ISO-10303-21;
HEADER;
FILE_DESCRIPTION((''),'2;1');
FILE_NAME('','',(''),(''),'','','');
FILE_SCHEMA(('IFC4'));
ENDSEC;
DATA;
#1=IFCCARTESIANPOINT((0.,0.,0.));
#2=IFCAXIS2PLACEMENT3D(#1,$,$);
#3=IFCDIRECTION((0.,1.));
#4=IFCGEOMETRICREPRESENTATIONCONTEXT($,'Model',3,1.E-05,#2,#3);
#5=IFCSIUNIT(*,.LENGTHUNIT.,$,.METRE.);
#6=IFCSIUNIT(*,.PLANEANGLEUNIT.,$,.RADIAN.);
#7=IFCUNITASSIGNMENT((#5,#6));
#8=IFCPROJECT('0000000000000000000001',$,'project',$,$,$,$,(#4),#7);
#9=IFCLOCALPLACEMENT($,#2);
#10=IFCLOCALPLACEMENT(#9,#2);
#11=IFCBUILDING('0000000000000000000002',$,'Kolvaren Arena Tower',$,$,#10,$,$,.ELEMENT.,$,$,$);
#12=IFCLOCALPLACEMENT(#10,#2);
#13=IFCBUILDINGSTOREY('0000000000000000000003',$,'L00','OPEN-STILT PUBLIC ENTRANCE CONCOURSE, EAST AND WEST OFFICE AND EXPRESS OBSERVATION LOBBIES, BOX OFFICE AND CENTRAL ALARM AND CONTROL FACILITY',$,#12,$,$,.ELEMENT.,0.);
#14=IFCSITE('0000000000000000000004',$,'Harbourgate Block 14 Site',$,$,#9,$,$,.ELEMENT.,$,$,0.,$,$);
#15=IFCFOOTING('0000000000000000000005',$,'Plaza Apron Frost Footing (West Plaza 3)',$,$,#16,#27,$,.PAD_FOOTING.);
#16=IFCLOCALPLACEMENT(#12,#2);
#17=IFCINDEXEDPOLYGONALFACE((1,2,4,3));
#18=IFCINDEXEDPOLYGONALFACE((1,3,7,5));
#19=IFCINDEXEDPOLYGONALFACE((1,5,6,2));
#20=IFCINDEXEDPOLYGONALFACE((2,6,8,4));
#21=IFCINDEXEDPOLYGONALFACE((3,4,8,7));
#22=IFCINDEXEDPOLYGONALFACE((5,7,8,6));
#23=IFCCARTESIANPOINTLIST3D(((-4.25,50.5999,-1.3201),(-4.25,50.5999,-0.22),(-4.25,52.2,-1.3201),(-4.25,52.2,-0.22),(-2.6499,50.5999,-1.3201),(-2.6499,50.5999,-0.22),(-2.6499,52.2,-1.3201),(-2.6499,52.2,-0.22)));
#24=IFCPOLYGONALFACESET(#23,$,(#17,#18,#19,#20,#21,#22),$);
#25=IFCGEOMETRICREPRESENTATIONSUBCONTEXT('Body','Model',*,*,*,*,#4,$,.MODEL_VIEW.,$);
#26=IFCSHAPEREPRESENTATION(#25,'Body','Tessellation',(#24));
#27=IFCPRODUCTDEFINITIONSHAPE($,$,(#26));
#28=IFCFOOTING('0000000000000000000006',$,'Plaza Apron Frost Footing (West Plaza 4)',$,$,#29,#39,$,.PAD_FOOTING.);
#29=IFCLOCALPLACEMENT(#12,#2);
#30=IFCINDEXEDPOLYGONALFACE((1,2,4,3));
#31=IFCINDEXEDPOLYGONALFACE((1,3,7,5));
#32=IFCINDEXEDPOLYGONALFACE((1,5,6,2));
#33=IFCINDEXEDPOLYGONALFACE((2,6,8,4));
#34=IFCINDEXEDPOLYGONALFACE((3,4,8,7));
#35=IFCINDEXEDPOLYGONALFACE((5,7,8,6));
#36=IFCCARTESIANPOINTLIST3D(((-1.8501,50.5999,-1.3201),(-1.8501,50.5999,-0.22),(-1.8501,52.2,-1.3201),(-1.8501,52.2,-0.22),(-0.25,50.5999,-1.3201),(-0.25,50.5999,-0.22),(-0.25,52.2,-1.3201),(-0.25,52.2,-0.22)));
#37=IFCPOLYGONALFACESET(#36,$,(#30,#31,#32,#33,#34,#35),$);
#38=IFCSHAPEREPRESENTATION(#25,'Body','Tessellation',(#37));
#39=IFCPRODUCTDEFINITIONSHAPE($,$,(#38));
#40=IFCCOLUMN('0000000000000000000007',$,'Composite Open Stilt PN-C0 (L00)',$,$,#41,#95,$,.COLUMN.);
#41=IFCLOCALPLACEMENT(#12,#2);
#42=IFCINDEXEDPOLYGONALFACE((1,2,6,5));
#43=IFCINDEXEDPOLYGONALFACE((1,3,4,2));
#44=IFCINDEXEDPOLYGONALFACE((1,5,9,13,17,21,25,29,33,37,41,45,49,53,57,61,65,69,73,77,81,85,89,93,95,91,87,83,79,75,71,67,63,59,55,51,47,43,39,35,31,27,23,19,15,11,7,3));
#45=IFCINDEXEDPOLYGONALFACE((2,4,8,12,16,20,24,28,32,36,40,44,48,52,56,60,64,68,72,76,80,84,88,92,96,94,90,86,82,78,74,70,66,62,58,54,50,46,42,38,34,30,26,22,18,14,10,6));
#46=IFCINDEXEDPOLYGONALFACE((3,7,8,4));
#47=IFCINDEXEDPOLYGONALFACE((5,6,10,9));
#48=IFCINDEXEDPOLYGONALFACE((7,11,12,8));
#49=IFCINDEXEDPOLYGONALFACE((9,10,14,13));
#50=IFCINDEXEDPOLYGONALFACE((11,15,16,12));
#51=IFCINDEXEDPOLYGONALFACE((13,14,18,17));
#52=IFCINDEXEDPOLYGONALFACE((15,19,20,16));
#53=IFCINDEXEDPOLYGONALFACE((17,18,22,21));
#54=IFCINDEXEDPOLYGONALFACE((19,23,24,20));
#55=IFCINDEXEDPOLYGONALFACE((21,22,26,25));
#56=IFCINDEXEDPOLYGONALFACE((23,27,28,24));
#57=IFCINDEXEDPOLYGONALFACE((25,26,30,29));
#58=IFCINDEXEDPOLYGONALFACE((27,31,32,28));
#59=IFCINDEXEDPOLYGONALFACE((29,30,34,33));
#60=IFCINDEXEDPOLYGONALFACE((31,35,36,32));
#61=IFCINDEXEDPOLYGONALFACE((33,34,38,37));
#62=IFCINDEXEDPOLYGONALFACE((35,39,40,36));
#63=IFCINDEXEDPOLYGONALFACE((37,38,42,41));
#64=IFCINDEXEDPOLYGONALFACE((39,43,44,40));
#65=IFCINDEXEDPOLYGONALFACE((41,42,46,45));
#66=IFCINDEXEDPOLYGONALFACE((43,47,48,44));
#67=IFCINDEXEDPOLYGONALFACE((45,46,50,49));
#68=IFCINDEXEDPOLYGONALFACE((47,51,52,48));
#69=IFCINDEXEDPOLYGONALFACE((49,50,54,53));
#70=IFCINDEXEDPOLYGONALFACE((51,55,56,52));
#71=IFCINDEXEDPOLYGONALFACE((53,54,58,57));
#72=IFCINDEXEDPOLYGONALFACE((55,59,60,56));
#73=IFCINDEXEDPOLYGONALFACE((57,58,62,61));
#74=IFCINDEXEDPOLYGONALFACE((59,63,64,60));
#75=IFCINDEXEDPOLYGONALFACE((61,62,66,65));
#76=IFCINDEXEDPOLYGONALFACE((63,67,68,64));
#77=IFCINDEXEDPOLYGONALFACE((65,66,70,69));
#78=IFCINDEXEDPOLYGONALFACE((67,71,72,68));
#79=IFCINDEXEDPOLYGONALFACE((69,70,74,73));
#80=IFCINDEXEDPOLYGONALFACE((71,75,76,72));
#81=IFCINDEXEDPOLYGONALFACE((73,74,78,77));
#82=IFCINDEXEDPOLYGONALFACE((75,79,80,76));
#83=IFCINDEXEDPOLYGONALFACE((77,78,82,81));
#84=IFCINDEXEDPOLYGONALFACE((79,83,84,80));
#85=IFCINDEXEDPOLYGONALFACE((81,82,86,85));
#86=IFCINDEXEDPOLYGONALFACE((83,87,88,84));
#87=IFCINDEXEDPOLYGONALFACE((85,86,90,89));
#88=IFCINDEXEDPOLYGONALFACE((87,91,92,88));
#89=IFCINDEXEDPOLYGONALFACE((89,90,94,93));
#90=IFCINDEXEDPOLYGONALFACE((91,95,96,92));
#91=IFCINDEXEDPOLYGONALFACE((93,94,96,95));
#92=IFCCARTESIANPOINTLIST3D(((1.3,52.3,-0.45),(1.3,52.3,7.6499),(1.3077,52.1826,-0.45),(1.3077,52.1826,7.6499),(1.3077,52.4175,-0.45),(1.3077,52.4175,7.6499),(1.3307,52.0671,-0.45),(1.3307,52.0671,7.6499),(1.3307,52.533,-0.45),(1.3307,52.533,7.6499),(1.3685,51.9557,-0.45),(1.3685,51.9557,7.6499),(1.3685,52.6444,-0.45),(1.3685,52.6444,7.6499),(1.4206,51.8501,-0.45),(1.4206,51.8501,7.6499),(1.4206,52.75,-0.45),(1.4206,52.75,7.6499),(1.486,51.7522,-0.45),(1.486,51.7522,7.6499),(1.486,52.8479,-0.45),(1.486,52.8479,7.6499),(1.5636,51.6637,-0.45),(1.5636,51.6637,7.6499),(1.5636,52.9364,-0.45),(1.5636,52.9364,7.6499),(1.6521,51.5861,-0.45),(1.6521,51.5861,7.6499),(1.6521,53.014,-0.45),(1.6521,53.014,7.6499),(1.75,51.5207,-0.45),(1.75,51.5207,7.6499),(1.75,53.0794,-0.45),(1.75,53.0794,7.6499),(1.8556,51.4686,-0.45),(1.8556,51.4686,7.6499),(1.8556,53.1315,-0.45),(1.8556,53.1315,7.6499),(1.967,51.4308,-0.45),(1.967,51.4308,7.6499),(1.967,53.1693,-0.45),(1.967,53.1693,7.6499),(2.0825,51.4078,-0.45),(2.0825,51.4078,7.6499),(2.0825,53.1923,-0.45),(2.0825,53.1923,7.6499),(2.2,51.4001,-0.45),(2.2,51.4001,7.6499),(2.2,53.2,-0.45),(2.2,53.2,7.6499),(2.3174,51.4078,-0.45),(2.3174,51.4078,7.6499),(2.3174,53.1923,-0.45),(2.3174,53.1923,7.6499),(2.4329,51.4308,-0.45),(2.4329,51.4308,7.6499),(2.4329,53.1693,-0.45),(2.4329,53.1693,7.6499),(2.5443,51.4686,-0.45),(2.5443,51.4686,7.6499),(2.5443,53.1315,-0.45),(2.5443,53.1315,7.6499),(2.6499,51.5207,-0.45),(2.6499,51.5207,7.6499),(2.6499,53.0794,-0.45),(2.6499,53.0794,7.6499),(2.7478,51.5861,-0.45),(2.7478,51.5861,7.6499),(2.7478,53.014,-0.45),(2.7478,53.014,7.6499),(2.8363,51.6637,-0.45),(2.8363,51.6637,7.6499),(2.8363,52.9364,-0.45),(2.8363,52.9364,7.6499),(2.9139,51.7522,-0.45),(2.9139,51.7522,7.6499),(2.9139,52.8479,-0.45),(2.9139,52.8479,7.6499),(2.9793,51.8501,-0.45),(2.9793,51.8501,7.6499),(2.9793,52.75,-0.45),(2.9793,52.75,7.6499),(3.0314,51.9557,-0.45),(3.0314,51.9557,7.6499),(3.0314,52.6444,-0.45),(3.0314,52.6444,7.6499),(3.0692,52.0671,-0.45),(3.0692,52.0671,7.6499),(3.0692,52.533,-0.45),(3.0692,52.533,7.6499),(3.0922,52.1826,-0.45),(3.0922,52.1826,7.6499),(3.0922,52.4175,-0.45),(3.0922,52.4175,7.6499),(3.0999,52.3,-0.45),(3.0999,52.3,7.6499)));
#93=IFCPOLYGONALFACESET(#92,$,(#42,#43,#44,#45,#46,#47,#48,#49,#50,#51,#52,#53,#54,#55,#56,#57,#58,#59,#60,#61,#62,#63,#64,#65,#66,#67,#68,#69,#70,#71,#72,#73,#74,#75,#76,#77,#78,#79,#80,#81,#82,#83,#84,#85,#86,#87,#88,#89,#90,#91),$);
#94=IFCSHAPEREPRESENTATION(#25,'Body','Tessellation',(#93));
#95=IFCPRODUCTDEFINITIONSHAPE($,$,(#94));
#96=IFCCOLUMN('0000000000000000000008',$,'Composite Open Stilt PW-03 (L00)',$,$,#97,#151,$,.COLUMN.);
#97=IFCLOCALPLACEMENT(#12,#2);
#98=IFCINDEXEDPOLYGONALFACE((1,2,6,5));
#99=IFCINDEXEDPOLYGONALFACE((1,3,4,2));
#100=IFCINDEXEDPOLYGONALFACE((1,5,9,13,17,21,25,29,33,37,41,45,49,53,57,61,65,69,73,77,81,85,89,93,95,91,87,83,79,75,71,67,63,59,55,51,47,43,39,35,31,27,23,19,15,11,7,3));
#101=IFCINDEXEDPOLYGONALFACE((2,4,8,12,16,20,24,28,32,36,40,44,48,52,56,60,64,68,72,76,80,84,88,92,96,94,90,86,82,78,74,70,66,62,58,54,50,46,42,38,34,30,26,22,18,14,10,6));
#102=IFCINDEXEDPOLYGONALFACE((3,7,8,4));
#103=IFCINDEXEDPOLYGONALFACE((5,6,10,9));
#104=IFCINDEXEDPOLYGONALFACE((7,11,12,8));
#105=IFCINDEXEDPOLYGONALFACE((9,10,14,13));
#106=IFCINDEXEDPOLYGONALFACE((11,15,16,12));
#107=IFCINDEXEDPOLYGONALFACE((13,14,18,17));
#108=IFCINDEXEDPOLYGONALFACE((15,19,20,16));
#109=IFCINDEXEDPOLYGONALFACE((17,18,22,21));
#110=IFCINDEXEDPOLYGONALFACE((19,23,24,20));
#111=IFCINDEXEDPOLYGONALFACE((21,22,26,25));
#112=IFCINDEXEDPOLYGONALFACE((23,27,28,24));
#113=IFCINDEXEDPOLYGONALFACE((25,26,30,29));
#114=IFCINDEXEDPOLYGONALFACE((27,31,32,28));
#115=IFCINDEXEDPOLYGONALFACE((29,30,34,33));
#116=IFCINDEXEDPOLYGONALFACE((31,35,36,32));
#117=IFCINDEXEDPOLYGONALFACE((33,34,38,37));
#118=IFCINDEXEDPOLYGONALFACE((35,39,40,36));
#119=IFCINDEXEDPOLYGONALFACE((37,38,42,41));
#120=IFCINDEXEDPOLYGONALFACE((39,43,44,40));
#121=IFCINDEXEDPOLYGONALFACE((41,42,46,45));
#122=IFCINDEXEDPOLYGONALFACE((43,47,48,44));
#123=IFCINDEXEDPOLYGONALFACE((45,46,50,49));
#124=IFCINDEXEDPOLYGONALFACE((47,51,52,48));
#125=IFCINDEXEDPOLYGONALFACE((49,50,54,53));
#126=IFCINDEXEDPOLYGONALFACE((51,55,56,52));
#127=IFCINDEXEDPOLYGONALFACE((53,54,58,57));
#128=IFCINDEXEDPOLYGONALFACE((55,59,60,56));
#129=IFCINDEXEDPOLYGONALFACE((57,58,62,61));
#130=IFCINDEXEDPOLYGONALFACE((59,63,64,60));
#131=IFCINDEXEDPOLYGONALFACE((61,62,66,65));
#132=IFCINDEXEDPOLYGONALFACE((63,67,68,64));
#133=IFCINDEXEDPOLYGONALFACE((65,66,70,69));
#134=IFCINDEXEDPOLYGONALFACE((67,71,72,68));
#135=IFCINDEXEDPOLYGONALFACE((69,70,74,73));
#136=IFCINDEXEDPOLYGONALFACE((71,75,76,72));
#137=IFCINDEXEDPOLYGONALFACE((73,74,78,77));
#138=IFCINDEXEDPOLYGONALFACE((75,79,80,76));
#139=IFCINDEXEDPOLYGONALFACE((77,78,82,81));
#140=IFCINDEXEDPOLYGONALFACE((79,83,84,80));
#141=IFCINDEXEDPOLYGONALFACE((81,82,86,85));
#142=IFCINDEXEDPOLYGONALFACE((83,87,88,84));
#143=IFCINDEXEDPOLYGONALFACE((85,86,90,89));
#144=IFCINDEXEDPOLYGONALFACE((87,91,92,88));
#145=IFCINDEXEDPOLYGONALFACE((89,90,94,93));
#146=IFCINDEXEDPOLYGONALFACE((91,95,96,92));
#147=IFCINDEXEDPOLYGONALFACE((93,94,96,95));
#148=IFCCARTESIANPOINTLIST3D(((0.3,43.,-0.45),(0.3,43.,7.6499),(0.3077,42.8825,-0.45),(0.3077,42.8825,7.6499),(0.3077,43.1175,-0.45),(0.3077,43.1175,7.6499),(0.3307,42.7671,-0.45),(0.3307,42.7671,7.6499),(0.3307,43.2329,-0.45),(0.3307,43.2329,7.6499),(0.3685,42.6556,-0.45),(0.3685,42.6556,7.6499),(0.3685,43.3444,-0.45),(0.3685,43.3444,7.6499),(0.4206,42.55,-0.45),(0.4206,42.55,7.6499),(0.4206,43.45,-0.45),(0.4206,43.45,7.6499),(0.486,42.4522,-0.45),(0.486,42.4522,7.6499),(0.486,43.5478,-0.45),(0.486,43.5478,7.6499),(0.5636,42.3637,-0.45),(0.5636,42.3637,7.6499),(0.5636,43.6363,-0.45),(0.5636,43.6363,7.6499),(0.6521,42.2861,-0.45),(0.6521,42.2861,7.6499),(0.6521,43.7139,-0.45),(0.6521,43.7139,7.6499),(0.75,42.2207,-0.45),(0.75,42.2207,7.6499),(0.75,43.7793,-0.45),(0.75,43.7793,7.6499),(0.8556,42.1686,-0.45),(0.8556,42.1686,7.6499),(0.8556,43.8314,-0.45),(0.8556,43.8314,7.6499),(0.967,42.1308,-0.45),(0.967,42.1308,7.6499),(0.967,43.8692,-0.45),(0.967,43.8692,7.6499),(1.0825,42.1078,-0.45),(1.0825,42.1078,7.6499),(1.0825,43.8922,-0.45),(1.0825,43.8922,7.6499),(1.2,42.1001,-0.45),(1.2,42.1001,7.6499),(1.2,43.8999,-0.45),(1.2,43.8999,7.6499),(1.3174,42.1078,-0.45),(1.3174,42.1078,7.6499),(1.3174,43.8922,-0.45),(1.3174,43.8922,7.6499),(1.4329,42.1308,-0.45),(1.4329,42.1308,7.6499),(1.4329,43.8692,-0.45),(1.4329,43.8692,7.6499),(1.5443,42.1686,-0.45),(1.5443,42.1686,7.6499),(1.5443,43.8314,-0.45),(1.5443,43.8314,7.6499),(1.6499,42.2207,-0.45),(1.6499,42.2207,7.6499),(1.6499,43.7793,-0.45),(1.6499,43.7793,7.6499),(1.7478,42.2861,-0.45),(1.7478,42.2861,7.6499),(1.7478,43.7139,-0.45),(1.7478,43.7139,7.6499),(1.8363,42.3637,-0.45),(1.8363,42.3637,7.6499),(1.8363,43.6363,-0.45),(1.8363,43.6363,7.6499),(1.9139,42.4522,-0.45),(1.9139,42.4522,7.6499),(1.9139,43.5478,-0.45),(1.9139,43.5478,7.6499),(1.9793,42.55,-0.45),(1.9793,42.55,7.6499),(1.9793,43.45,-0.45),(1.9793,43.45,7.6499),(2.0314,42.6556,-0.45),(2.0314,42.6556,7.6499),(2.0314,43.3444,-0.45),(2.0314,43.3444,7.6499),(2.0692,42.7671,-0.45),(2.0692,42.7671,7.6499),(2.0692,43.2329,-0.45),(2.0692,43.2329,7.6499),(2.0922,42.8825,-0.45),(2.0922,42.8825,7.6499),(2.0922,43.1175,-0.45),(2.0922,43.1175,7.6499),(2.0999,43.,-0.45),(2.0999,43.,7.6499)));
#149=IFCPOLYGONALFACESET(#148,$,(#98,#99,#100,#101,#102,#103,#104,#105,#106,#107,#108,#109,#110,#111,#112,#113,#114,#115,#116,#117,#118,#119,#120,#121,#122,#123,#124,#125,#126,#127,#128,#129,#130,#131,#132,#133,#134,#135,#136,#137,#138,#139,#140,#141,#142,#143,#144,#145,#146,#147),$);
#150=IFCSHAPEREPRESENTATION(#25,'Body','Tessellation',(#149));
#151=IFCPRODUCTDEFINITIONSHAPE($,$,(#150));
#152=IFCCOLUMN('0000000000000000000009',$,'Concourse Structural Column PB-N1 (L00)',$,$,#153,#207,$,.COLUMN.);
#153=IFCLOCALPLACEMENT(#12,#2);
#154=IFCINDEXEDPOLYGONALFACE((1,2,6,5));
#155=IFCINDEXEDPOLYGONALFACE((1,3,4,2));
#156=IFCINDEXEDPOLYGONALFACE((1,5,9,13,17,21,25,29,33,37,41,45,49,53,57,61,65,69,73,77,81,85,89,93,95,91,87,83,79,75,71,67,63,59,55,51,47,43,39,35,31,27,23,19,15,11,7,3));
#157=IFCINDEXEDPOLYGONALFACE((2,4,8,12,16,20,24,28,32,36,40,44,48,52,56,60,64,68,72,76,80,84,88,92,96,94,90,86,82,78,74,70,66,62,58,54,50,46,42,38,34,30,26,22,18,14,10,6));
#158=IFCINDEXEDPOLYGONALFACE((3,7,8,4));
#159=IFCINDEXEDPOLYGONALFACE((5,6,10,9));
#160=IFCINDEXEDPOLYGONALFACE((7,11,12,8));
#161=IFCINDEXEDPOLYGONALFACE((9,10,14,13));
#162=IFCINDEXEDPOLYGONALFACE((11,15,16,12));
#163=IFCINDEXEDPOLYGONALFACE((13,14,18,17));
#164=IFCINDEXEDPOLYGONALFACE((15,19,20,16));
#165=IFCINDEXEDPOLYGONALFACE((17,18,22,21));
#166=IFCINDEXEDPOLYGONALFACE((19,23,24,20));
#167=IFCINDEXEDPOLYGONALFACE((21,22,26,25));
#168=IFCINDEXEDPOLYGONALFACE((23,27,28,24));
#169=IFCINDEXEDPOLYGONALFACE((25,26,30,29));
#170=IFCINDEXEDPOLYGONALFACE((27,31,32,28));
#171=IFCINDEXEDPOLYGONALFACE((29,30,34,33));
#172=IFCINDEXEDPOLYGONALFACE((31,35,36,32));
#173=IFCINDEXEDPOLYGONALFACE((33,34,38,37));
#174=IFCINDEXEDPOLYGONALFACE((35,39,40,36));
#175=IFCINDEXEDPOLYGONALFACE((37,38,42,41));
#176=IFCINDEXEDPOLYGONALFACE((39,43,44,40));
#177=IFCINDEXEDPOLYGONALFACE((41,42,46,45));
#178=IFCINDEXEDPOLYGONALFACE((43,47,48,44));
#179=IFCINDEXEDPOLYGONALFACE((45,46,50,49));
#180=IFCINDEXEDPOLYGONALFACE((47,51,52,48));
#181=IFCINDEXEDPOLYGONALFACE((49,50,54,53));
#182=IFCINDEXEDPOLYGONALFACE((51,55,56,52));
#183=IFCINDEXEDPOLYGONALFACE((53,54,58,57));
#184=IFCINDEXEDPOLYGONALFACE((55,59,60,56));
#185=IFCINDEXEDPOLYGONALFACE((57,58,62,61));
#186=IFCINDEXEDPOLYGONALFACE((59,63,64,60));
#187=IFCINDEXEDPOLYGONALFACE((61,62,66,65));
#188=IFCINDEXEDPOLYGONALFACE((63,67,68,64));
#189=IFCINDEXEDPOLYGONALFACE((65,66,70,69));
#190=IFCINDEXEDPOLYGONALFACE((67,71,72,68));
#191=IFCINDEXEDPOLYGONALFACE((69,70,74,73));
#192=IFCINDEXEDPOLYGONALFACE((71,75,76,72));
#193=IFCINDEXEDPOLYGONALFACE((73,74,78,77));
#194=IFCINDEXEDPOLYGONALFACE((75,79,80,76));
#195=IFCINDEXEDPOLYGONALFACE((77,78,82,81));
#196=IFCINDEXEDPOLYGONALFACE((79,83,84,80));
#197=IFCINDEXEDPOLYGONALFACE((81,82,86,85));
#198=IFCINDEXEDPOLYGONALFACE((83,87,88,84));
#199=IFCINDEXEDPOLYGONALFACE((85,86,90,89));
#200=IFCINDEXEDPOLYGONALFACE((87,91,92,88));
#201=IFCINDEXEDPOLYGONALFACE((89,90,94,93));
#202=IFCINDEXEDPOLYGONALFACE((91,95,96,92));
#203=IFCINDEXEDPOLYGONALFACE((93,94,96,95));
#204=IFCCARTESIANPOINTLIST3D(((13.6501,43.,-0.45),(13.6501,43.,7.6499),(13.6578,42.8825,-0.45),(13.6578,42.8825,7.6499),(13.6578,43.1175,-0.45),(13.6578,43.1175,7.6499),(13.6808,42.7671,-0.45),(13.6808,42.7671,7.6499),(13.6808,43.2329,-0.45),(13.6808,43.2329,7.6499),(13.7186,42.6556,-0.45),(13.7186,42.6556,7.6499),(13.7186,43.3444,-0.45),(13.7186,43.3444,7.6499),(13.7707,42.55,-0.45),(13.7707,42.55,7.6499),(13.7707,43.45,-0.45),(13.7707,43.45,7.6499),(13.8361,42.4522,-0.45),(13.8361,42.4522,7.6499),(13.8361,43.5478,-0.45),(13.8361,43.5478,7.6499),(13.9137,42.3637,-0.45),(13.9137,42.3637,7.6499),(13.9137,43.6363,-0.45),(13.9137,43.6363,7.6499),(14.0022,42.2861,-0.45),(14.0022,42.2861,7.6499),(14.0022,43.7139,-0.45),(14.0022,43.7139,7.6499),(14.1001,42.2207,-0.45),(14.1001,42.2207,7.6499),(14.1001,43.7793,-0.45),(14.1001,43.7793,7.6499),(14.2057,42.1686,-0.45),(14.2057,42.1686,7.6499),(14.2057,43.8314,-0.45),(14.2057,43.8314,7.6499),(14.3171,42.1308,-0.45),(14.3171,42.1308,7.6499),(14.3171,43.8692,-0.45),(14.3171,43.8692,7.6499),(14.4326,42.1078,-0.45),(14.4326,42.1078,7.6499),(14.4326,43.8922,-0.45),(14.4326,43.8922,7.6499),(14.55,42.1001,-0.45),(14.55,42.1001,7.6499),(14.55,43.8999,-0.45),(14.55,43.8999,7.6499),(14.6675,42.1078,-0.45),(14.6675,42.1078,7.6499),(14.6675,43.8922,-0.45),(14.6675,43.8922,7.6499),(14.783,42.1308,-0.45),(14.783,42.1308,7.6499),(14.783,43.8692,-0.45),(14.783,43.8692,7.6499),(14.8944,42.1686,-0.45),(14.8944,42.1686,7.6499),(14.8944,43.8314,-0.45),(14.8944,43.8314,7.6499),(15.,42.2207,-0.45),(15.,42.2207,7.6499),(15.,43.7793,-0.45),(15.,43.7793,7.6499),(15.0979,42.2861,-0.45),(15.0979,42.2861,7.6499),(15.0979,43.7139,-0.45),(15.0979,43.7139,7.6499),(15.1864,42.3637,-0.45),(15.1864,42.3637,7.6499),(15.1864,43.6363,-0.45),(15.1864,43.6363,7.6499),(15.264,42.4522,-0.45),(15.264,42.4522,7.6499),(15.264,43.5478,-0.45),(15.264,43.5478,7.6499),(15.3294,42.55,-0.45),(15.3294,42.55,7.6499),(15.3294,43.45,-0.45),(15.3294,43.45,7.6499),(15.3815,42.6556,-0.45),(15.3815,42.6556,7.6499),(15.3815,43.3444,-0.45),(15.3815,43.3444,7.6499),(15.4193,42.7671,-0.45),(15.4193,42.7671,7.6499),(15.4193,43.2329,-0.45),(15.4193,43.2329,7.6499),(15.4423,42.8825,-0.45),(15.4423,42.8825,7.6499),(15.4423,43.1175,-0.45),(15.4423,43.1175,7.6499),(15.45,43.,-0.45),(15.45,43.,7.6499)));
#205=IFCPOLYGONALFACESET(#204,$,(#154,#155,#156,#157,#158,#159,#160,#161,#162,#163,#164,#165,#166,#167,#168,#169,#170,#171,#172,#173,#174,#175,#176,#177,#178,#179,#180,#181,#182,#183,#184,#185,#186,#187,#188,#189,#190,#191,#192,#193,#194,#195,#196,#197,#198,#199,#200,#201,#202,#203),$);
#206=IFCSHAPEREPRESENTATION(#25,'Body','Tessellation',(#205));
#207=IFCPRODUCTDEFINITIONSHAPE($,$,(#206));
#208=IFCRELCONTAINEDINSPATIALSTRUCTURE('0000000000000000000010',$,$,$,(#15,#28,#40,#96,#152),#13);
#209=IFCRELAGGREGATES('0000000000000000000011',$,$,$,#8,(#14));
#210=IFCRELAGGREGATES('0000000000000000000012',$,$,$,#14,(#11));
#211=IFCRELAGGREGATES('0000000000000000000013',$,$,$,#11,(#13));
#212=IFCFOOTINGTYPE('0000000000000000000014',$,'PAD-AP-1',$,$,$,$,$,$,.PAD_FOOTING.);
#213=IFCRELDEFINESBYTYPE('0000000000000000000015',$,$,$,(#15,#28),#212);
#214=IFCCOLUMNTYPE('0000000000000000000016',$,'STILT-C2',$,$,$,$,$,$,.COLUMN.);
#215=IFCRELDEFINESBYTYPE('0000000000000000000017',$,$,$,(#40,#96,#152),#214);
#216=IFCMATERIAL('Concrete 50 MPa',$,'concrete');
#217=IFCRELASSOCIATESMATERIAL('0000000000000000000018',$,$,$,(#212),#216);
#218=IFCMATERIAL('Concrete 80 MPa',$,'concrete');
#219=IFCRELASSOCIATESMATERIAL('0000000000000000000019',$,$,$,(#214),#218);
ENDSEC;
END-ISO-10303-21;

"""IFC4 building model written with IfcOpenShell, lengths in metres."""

from ifc_helpers import new_model, si_unit, direction, frame, origin, origin_2d, place, context, subcontext, project, spatial, rectangle, circle, extrude, material, material_profile, profile_set, type_object, element, save


model = new_model("IFC4")

# Units and contexts
model_context = context("Model", 3, precision=1e-05, world=origin(), true_north=direction((0.0, 1.0)))
body_context = subcontext(model_context, "Body", "Model", "MODEL_VIEW")
ifc_project = project(units=[si_unit("LENGTHUNIT", "METRE"), si_unit("PLANEANGLEUNIT", "RADIAN")], contexts=[model_context])

# Site, building, storey
site_placement = place(None, origin())
site = spatial("IfcSite", under=ifc_project, at=site_placement, Name="Harbourgate Block 14 Site", CompositionType="ELEMENT", RefElevation=0.0)
building_placement = place(site_placement, origin())
building = spatial("IfcBuilding", under=site, at=building_placement, Name="Kolvaren Arena Tower", CompositionType="ELEMENT")
storey_placement = place(building_placement, origin())
storey = spatial("IfcBuildingStorey", under=building, at=storey_placement, Name="L00", Description="OPEN-STILT PUBLIC ENTRANCE CONCOURSE, EAST AND WEST OFFICE AND EXPRESS OBSERVATION LOBBIES, BOX OFFICE AND CENTRAL ALARM AND CONTROL FACILITY", CompositionType="ELEMENT", Elevation=0.0)

# Footings
ifc_material_1 = material(Name="Concrete 50 MPa", Category="concrete")
footing_type = type_object("IfcFootingType", Name="PAD-AP-1", PredefinedType="PAD_FOOTING", material=ifc_material_1)
for number, where, z_axis, x_axis, name in (
    (1, (-3.45, 51.3999, -1.3201), (0.0, 0.0, 1.0), (1.0, 0.0, 0.0), "Plaza Apron Frost Footing (West Plaza 3)"),
    (2, (-1.05, 51.3999, -1.3201), (0.0, 0.0, 1.0), (1.0, 0.0, 0.0), "Plaza Apron Frost Footing (West Plaza 4)"),
):
    element("IfcFooting", number, at=place(storey_placement, frame(where, z_axis=z_axis, x_axis=x_axis)), inside=storey, type_object=footing_type, Name=name, PredefinedType="PAD_FOOTING", context=body_context, shape_type="SweptSolid", body=[
        extrude(rectangle(XDim=1.6001, YDim=1.6001, at=origin_2d()), origin(), (0.0, 0.0, 1.0), 1.1001),
    ])

# Columns
ifc_material_2 = material(Name="Concrete 80 MPa", Category="concrete")
ifc_material_profile_1 = material_profile(ifc_material_2, circle(Radius=0.8999, at=origin_2d()), Name="RC-CIRC-1800")
ifc_profile_set_1 = profile_set([ifc_material_profile_1], Name="Concrete 80 MPa")
column_type = type_object("IfcColumnType", Name="STILT-C2", PredefinedType="COLUMN", material=ifc_profile_set_1)
for number, where, z_axis, x_axis, name in (
    (3, (2.2, 52.3, -0.45), (0.0, 0.0, 1.0), (1.0, 0.0, 0.0), "Composite Open Stilt PN-C0 (L00)"),
    (4, (1.2, 43.0, -0.45), (0.0, 0.0, 1.0), (1.0, 0.0, 0.0), "Composite Open Stilt PW-03 (L00)"),
    (5, (14.55, 43.0, -0.45), (0.0, 0.0, 1.0), (1.0, 0.0, 0.0), "Concourse Structural Column PB-N1 (L00)"),
):
    element("IfcColumn", number, at=place(storey_placement, frame(where, z_axis=z_axis, x_axis=x_axis)), inside=storey, type_object=column_type, Name=name, PredefinedType="COLUMN", context=body_context, shape_type="SweptSolid", body=[
        extrude(circle(Radius=0.8999, at=origin_2d()), origin(), (0.0, 0.0, 1.0), 8.0999),
    ])

save(model, "model.ifc")
